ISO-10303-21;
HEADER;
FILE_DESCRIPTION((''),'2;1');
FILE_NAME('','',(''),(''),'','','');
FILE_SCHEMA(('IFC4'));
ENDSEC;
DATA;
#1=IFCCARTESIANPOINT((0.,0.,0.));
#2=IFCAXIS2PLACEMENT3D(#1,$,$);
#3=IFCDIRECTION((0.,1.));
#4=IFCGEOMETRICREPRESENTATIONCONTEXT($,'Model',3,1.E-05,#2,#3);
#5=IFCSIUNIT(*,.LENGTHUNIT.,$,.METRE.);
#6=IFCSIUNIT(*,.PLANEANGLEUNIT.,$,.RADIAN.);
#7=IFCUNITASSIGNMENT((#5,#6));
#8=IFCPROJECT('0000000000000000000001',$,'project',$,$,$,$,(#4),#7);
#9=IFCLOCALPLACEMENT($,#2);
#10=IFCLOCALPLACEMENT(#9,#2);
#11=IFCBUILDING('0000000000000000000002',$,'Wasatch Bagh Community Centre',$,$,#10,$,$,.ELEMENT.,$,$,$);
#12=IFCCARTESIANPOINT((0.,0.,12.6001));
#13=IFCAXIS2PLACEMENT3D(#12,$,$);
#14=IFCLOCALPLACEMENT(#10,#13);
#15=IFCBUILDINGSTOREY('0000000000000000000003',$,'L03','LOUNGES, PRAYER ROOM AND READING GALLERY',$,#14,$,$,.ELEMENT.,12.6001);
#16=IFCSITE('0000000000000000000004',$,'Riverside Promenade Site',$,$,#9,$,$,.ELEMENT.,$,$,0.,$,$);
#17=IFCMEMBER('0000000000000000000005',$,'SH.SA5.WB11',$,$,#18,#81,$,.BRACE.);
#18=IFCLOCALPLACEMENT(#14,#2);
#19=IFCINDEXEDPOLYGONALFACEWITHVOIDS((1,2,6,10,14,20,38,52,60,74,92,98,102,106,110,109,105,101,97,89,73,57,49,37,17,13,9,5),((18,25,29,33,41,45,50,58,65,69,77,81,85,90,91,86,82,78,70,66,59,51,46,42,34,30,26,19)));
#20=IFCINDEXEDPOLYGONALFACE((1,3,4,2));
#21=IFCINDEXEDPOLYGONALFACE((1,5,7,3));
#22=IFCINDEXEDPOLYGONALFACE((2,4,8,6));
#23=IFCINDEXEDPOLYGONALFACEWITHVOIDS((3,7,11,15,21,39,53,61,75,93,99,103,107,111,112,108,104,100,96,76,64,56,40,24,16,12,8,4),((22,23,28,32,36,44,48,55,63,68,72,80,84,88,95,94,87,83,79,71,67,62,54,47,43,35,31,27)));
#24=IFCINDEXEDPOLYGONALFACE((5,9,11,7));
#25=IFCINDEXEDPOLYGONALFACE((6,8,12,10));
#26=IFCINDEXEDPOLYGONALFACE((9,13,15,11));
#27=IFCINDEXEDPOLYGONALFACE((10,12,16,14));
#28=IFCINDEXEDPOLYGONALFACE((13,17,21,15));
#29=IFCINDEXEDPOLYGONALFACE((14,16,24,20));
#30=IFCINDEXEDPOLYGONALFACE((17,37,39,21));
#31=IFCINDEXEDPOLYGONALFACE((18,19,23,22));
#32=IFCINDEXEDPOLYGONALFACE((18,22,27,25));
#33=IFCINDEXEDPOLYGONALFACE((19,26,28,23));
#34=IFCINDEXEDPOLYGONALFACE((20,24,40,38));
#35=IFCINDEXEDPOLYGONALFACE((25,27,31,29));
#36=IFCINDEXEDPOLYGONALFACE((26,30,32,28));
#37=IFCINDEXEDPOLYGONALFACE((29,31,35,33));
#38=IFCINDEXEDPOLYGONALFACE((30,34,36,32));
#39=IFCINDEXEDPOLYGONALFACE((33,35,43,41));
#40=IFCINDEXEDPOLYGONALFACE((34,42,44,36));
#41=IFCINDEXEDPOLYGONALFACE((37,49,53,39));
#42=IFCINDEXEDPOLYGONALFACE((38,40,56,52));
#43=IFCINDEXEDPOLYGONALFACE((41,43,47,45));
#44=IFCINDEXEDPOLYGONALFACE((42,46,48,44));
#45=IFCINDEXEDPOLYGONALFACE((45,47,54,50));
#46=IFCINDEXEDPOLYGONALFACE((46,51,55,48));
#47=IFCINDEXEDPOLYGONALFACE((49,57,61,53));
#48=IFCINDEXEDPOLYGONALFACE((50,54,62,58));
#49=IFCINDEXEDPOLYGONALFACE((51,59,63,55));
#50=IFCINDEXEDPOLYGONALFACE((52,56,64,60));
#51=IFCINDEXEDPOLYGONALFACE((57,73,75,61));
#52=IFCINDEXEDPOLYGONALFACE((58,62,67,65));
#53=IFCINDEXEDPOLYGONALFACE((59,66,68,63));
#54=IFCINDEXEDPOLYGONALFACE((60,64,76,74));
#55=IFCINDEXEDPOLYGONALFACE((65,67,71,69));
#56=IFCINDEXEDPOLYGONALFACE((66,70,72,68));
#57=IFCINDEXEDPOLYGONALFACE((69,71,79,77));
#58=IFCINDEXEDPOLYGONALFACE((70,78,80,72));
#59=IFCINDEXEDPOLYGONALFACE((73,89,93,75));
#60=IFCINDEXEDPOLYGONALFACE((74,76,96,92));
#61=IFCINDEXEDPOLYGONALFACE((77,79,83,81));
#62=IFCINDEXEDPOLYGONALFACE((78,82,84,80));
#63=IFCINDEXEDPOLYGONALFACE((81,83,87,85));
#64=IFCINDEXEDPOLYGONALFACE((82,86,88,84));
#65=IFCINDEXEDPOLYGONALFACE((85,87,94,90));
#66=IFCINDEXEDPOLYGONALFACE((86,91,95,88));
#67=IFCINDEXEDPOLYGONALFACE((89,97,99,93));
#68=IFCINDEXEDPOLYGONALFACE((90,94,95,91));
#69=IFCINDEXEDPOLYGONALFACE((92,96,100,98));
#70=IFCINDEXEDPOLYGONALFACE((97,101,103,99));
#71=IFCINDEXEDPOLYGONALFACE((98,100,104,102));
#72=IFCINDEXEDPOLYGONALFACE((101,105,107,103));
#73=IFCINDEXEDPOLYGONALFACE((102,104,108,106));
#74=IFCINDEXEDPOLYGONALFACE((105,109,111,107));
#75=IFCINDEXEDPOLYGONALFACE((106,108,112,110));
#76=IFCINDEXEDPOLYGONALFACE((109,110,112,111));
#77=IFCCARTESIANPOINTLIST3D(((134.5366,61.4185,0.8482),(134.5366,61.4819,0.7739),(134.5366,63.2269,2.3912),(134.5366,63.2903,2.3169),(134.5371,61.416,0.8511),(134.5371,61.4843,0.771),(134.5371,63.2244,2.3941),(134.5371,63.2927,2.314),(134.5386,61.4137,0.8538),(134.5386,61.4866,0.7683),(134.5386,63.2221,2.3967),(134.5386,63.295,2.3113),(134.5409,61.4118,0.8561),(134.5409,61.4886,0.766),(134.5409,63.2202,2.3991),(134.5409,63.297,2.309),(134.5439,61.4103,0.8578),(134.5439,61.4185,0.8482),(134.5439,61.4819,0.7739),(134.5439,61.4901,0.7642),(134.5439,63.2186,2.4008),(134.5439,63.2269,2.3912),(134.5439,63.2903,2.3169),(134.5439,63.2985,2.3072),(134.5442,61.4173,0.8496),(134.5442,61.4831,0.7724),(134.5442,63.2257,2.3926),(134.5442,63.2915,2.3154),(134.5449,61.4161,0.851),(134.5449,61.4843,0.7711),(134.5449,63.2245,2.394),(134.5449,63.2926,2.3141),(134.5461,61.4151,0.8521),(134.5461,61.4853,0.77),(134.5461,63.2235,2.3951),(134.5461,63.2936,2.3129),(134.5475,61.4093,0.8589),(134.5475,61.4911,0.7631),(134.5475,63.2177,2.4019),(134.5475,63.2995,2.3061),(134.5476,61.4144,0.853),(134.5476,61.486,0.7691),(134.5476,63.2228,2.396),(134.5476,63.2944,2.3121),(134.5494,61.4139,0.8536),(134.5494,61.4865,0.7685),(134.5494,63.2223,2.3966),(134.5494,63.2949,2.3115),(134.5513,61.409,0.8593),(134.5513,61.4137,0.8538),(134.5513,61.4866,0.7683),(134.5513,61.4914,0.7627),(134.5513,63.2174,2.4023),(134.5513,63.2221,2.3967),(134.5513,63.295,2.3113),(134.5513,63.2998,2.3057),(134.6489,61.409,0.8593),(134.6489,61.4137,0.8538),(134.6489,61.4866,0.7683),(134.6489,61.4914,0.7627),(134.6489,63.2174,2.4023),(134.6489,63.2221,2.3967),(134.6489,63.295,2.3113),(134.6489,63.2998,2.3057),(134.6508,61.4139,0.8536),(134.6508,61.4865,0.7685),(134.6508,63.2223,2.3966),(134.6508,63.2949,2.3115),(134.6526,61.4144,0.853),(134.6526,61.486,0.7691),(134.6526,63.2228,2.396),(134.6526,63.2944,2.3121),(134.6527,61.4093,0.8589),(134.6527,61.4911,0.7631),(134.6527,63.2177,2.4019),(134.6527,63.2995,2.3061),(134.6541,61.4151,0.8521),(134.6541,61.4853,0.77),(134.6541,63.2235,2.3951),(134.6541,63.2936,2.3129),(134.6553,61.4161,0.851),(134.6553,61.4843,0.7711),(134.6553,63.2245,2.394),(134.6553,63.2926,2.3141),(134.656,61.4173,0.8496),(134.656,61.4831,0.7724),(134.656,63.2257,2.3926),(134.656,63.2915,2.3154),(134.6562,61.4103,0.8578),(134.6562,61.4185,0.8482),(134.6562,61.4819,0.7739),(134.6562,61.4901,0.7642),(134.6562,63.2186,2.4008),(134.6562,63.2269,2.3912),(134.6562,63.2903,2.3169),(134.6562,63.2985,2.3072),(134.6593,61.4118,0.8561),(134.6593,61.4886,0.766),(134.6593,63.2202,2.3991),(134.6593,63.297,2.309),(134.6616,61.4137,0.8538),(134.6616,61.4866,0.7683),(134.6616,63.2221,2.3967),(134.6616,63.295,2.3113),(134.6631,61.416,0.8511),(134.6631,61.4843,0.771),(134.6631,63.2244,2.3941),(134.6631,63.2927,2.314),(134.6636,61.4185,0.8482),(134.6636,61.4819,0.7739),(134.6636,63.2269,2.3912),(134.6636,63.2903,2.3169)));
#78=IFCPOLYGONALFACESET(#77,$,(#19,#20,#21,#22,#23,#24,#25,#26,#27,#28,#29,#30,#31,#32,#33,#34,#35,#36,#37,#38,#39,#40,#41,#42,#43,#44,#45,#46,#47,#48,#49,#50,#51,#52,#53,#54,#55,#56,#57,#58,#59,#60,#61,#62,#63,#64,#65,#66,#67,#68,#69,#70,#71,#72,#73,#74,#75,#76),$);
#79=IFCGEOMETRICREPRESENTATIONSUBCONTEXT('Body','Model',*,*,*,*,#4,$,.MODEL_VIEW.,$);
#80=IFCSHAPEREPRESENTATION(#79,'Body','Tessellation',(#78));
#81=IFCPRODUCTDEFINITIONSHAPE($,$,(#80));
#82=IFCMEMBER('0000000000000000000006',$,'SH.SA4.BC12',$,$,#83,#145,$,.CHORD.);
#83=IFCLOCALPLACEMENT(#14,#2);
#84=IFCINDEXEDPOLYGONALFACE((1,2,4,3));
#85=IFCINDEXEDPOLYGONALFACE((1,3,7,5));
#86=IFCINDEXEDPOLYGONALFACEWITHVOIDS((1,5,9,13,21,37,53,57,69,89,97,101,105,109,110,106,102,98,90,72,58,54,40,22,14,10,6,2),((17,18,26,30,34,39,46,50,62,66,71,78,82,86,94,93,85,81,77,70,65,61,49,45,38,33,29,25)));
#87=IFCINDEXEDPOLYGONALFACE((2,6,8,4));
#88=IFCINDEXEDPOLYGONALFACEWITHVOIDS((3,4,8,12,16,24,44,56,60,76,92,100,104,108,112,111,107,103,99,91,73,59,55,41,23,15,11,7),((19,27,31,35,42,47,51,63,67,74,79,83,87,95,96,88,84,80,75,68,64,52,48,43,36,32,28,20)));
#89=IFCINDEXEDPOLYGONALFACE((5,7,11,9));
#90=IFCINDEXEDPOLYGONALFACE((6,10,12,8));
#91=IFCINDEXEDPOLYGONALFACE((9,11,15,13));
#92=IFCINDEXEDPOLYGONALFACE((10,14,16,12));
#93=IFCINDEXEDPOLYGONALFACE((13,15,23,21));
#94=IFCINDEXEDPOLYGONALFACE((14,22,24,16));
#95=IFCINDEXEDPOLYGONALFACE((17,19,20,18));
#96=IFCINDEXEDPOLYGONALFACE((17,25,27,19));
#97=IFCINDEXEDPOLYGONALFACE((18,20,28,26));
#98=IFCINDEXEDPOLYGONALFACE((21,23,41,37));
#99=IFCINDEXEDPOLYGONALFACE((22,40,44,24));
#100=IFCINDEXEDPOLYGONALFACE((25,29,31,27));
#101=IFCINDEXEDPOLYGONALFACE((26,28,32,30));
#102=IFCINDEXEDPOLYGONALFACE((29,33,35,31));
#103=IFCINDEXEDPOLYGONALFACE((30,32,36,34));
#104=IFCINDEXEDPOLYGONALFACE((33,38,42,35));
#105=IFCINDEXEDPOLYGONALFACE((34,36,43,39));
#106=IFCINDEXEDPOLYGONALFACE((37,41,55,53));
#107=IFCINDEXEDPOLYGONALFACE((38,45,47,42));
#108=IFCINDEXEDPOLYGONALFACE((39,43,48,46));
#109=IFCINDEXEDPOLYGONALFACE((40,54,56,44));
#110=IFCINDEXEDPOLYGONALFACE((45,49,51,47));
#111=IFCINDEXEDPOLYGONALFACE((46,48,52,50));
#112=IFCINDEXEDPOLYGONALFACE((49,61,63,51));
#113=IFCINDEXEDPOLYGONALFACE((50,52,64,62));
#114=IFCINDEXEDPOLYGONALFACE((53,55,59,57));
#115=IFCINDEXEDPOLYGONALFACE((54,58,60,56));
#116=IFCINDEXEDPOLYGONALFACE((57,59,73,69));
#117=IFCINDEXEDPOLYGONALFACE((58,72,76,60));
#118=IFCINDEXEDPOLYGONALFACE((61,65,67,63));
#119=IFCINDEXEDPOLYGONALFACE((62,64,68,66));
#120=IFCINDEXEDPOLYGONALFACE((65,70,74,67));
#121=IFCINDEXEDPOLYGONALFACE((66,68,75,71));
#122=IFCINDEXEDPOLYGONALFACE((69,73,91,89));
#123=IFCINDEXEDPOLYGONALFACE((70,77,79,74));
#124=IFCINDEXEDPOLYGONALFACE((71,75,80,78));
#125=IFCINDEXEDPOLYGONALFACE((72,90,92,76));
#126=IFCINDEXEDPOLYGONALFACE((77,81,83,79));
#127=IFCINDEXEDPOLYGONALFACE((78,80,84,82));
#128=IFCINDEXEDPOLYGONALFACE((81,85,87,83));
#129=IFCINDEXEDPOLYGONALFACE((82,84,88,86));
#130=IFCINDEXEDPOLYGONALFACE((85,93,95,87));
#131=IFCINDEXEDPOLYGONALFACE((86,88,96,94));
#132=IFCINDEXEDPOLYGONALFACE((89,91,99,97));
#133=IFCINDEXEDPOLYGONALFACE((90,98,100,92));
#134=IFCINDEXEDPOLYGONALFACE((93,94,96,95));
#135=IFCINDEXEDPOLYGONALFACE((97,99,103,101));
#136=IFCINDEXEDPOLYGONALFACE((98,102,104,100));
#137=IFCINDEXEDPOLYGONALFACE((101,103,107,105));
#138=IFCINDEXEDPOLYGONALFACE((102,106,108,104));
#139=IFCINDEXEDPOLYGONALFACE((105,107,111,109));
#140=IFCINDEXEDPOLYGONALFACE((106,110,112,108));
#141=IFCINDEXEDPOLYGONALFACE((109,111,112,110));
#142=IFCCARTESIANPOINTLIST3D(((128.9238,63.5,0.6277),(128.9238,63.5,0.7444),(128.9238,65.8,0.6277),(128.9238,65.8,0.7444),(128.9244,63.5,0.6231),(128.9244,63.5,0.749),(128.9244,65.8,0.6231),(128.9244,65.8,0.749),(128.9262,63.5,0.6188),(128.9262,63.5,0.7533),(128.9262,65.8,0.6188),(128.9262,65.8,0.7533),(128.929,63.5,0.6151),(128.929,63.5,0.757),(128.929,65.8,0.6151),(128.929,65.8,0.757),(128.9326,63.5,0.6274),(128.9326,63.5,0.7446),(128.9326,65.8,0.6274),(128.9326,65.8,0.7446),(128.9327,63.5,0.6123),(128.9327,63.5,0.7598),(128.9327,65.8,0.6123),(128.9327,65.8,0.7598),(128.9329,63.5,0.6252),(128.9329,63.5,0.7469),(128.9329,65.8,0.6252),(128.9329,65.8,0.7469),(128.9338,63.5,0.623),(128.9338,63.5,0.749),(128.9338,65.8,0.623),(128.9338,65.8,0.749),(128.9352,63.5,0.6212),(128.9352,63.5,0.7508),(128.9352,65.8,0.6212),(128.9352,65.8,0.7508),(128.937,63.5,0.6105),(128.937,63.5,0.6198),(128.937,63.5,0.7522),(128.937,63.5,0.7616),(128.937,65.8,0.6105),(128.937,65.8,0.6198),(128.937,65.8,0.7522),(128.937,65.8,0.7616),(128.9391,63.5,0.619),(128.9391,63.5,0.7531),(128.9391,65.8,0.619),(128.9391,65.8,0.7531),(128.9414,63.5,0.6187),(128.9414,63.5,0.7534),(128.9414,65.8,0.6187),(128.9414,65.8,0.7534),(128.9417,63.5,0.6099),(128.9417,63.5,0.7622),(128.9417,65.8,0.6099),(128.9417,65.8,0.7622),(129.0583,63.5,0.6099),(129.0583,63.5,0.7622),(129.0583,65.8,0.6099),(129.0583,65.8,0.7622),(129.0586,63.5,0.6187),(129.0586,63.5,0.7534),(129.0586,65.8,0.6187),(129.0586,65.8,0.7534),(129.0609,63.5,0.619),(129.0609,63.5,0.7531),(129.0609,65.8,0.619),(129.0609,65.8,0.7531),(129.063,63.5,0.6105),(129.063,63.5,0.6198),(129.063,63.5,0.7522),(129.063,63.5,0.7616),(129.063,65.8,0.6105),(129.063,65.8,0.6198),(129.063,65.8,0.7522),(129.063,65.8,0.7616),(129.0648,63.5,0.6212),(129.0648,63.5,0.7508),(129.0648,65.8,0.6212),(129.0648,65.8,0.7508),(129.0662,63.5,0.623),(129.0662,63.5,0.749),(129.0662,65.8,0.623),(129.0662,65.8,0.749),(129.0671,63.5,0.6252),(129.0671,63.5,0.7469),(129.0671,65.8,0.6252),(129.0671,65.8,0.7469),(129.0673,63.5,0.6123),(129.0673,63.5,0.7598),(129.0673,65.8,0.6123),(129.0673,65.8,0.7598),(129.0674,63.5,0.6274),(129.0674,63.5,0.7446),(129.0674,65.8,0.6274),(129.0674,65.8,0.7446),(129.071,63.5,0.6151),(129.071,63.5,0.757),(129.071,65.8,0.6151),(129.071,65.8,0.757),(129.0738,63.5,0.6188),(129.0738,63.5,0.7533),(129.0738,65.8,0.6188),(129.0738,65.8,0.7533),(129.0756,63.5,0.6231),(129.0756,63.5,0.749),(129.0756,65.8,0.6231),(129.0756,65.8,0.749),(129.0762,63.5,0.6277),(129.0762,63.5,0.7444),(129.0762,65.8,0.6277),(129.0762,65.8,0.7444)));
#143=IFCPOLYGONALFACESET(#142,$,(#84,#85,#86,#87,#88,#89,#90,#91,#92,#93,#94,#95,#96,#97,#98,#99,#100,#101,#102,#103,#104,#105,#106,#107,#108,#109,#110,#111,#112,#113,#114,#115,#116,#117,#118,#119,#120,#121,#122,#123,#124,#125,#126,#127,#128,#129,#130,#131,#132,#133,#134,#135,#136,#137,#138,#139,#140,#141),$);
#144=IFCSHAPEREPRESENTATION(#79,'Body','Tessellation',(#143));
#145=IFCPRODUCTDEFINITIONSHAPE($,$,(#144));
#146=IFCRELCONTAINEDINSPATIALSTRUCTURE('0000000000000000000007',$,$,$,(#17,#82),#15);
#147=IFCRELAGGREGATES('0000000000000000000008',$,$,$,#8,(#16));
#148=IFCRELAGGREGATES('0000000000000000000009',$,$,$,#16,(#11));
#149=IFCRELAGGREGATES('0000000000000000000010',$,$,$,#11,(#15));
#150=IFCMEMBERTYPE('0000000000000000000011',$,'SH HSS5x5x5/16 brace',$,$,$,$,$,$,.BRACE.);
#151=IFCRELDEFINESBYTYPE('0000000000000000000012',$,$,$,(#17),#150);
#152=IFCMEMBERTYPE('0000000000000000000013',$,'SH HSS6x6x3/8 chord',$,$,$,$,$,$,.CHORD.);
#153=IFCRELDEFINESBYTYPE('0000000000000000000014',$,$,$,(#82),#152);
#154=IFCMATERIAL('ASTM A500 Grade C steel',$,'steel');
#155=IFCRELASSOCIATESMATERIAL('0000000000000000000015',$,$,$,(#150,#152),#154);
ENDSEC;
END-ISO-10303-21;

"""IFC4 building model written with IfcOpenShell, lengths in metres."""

from ifc_helpers import new_model, si_unit, direction, frame, origin, origin_2d, place, context, subcontext, project, spatial, hollow_rectangle, extrude, material, material_profile, profile_set, type_object, element, save


model = new_model("IFC4")

# Units and contexts
model_context = context("Model", 3, precision=1e-05, world=origin(), true_north=direction((0.0, 1.0)))
body_context = subcontext(model_context, "Body", "Model", "MODEL_VIEW")
ifc_project = project(units=[si_unit("LENGTHUNIT", "METRE"), si_unit("PLANEANGLEUNIT", "RADIAN")], contexts=[model_context])

# Site, building, storey
site_placement = place(None, origin())
site = spatial("IfcSite", under=ifc_project, at=site_placement, Name="Riverside Promenade Site", CompositionType="ELEMENT", RefElevation=0.0)
building_placement = place(site_placement, origin())
building = spatial("IfcBuilding", under=site, at=building_placement, Name="Wasatch Bagh Community Centre", CompositionType="ELEMENT")
storey_placement = place(building_placement, frame((0.0, 0.0, 12.6001)))
storey = spatial("IfcBuildingStorey", under=building, at=storey_placement, Name="L03", Description="LOUNGES, PRAYER ROOM AND READING GALLERY", CompositionType="ELEMENT", Elevation=12.6001)

# Members
ifc_material_1 = material(Name="ASTM A500 Grade C steel", Category="steel")
ifc_material_profile_1 = material_profile(ifc_material_1, hollow_rectangle(XDim=0.127, YDim=0.127, WallThickness=0.0073, InnerFilletRadius=0.0073, OuterFilletRadius=0.0146, at=origin_2d()), Name="HSS5x5x5/16")
ifc_profile_set_1 = profile_set([ifc_material_profile_1], Name="ASTM A500 Grade C steel")
member_type_1 = type_object("IfcMemberType", Name="SH HSS5x5x5/16 brace", PredefinedType="BRACE", material=ifc_profile_set_1)
member_1_placement = place(storey_placement, frame((134.6001, 61.4502, 0.811), z_axis=(0.0, 0.760719, 0.649081), x_axis=(-1.0, 0.0, 0.0)))
element("IfcMember", 1, at=member_1_placement, inside=storey, type_object=member_type_1, Name="SH.SA5.WB11", PredefinedType="BRACE", context=body_context, shape_type="SweptSolid", body=[
    extrude(hollow_rectangle(XDim=0.127, YDim=0.127, WallThickness=0.0073, InnerFilletRadius=0.0073, OuterFilletRadius=0.0146, at=origin_2d()), origin(), (0.0, 0.0, 1.0), 2.3772),
])
ifc_material_profile_2 = material_profile(ifc_material_1, hollow_rectangle(XDim=0.1523, YDim=0.1523, WallThickness=0.0088, InnerFilletRadius=0.0088, OuterFilletRadius=0.0178, at=origin_2d()), Name="HSS6x6x3/8")
ifc_profile_set_2 = profile_set([ifc_material_profile_2], Name="ASTM A500 Grade C steel")
member_type_2 = type_object("IfcMemberType", Name="SH HSS6x6x3/8 chord", PredefinedType="CHORD", material=ifc_profile_set_2)
member_2_placement = place(storey_placement, frame((129.0, 63.5, 0.686), z_axis=(0.0, 1.0, 0.0), x_axis=(-1.0, 0.0, 0.0)))
element("IfcMember", 2, at=member_2_placement, inside=storey, type_object=member_type_2, Name="SH.SA4.BC12", PredefinedType="CHORD", context=body_context, shape_type="SweptSolid", body=[
    extrude(hollow_rectangle(XDim=0.1523, YDim=0.1523, WallThickness=0.0088, InnerFilletRadius=0.0088, OuterFilletRadius=0.0178, at=origin_2d()), origin(), (0.0, 0.0, 1.0), 2.3),
])

save(model, "model.ifc")
